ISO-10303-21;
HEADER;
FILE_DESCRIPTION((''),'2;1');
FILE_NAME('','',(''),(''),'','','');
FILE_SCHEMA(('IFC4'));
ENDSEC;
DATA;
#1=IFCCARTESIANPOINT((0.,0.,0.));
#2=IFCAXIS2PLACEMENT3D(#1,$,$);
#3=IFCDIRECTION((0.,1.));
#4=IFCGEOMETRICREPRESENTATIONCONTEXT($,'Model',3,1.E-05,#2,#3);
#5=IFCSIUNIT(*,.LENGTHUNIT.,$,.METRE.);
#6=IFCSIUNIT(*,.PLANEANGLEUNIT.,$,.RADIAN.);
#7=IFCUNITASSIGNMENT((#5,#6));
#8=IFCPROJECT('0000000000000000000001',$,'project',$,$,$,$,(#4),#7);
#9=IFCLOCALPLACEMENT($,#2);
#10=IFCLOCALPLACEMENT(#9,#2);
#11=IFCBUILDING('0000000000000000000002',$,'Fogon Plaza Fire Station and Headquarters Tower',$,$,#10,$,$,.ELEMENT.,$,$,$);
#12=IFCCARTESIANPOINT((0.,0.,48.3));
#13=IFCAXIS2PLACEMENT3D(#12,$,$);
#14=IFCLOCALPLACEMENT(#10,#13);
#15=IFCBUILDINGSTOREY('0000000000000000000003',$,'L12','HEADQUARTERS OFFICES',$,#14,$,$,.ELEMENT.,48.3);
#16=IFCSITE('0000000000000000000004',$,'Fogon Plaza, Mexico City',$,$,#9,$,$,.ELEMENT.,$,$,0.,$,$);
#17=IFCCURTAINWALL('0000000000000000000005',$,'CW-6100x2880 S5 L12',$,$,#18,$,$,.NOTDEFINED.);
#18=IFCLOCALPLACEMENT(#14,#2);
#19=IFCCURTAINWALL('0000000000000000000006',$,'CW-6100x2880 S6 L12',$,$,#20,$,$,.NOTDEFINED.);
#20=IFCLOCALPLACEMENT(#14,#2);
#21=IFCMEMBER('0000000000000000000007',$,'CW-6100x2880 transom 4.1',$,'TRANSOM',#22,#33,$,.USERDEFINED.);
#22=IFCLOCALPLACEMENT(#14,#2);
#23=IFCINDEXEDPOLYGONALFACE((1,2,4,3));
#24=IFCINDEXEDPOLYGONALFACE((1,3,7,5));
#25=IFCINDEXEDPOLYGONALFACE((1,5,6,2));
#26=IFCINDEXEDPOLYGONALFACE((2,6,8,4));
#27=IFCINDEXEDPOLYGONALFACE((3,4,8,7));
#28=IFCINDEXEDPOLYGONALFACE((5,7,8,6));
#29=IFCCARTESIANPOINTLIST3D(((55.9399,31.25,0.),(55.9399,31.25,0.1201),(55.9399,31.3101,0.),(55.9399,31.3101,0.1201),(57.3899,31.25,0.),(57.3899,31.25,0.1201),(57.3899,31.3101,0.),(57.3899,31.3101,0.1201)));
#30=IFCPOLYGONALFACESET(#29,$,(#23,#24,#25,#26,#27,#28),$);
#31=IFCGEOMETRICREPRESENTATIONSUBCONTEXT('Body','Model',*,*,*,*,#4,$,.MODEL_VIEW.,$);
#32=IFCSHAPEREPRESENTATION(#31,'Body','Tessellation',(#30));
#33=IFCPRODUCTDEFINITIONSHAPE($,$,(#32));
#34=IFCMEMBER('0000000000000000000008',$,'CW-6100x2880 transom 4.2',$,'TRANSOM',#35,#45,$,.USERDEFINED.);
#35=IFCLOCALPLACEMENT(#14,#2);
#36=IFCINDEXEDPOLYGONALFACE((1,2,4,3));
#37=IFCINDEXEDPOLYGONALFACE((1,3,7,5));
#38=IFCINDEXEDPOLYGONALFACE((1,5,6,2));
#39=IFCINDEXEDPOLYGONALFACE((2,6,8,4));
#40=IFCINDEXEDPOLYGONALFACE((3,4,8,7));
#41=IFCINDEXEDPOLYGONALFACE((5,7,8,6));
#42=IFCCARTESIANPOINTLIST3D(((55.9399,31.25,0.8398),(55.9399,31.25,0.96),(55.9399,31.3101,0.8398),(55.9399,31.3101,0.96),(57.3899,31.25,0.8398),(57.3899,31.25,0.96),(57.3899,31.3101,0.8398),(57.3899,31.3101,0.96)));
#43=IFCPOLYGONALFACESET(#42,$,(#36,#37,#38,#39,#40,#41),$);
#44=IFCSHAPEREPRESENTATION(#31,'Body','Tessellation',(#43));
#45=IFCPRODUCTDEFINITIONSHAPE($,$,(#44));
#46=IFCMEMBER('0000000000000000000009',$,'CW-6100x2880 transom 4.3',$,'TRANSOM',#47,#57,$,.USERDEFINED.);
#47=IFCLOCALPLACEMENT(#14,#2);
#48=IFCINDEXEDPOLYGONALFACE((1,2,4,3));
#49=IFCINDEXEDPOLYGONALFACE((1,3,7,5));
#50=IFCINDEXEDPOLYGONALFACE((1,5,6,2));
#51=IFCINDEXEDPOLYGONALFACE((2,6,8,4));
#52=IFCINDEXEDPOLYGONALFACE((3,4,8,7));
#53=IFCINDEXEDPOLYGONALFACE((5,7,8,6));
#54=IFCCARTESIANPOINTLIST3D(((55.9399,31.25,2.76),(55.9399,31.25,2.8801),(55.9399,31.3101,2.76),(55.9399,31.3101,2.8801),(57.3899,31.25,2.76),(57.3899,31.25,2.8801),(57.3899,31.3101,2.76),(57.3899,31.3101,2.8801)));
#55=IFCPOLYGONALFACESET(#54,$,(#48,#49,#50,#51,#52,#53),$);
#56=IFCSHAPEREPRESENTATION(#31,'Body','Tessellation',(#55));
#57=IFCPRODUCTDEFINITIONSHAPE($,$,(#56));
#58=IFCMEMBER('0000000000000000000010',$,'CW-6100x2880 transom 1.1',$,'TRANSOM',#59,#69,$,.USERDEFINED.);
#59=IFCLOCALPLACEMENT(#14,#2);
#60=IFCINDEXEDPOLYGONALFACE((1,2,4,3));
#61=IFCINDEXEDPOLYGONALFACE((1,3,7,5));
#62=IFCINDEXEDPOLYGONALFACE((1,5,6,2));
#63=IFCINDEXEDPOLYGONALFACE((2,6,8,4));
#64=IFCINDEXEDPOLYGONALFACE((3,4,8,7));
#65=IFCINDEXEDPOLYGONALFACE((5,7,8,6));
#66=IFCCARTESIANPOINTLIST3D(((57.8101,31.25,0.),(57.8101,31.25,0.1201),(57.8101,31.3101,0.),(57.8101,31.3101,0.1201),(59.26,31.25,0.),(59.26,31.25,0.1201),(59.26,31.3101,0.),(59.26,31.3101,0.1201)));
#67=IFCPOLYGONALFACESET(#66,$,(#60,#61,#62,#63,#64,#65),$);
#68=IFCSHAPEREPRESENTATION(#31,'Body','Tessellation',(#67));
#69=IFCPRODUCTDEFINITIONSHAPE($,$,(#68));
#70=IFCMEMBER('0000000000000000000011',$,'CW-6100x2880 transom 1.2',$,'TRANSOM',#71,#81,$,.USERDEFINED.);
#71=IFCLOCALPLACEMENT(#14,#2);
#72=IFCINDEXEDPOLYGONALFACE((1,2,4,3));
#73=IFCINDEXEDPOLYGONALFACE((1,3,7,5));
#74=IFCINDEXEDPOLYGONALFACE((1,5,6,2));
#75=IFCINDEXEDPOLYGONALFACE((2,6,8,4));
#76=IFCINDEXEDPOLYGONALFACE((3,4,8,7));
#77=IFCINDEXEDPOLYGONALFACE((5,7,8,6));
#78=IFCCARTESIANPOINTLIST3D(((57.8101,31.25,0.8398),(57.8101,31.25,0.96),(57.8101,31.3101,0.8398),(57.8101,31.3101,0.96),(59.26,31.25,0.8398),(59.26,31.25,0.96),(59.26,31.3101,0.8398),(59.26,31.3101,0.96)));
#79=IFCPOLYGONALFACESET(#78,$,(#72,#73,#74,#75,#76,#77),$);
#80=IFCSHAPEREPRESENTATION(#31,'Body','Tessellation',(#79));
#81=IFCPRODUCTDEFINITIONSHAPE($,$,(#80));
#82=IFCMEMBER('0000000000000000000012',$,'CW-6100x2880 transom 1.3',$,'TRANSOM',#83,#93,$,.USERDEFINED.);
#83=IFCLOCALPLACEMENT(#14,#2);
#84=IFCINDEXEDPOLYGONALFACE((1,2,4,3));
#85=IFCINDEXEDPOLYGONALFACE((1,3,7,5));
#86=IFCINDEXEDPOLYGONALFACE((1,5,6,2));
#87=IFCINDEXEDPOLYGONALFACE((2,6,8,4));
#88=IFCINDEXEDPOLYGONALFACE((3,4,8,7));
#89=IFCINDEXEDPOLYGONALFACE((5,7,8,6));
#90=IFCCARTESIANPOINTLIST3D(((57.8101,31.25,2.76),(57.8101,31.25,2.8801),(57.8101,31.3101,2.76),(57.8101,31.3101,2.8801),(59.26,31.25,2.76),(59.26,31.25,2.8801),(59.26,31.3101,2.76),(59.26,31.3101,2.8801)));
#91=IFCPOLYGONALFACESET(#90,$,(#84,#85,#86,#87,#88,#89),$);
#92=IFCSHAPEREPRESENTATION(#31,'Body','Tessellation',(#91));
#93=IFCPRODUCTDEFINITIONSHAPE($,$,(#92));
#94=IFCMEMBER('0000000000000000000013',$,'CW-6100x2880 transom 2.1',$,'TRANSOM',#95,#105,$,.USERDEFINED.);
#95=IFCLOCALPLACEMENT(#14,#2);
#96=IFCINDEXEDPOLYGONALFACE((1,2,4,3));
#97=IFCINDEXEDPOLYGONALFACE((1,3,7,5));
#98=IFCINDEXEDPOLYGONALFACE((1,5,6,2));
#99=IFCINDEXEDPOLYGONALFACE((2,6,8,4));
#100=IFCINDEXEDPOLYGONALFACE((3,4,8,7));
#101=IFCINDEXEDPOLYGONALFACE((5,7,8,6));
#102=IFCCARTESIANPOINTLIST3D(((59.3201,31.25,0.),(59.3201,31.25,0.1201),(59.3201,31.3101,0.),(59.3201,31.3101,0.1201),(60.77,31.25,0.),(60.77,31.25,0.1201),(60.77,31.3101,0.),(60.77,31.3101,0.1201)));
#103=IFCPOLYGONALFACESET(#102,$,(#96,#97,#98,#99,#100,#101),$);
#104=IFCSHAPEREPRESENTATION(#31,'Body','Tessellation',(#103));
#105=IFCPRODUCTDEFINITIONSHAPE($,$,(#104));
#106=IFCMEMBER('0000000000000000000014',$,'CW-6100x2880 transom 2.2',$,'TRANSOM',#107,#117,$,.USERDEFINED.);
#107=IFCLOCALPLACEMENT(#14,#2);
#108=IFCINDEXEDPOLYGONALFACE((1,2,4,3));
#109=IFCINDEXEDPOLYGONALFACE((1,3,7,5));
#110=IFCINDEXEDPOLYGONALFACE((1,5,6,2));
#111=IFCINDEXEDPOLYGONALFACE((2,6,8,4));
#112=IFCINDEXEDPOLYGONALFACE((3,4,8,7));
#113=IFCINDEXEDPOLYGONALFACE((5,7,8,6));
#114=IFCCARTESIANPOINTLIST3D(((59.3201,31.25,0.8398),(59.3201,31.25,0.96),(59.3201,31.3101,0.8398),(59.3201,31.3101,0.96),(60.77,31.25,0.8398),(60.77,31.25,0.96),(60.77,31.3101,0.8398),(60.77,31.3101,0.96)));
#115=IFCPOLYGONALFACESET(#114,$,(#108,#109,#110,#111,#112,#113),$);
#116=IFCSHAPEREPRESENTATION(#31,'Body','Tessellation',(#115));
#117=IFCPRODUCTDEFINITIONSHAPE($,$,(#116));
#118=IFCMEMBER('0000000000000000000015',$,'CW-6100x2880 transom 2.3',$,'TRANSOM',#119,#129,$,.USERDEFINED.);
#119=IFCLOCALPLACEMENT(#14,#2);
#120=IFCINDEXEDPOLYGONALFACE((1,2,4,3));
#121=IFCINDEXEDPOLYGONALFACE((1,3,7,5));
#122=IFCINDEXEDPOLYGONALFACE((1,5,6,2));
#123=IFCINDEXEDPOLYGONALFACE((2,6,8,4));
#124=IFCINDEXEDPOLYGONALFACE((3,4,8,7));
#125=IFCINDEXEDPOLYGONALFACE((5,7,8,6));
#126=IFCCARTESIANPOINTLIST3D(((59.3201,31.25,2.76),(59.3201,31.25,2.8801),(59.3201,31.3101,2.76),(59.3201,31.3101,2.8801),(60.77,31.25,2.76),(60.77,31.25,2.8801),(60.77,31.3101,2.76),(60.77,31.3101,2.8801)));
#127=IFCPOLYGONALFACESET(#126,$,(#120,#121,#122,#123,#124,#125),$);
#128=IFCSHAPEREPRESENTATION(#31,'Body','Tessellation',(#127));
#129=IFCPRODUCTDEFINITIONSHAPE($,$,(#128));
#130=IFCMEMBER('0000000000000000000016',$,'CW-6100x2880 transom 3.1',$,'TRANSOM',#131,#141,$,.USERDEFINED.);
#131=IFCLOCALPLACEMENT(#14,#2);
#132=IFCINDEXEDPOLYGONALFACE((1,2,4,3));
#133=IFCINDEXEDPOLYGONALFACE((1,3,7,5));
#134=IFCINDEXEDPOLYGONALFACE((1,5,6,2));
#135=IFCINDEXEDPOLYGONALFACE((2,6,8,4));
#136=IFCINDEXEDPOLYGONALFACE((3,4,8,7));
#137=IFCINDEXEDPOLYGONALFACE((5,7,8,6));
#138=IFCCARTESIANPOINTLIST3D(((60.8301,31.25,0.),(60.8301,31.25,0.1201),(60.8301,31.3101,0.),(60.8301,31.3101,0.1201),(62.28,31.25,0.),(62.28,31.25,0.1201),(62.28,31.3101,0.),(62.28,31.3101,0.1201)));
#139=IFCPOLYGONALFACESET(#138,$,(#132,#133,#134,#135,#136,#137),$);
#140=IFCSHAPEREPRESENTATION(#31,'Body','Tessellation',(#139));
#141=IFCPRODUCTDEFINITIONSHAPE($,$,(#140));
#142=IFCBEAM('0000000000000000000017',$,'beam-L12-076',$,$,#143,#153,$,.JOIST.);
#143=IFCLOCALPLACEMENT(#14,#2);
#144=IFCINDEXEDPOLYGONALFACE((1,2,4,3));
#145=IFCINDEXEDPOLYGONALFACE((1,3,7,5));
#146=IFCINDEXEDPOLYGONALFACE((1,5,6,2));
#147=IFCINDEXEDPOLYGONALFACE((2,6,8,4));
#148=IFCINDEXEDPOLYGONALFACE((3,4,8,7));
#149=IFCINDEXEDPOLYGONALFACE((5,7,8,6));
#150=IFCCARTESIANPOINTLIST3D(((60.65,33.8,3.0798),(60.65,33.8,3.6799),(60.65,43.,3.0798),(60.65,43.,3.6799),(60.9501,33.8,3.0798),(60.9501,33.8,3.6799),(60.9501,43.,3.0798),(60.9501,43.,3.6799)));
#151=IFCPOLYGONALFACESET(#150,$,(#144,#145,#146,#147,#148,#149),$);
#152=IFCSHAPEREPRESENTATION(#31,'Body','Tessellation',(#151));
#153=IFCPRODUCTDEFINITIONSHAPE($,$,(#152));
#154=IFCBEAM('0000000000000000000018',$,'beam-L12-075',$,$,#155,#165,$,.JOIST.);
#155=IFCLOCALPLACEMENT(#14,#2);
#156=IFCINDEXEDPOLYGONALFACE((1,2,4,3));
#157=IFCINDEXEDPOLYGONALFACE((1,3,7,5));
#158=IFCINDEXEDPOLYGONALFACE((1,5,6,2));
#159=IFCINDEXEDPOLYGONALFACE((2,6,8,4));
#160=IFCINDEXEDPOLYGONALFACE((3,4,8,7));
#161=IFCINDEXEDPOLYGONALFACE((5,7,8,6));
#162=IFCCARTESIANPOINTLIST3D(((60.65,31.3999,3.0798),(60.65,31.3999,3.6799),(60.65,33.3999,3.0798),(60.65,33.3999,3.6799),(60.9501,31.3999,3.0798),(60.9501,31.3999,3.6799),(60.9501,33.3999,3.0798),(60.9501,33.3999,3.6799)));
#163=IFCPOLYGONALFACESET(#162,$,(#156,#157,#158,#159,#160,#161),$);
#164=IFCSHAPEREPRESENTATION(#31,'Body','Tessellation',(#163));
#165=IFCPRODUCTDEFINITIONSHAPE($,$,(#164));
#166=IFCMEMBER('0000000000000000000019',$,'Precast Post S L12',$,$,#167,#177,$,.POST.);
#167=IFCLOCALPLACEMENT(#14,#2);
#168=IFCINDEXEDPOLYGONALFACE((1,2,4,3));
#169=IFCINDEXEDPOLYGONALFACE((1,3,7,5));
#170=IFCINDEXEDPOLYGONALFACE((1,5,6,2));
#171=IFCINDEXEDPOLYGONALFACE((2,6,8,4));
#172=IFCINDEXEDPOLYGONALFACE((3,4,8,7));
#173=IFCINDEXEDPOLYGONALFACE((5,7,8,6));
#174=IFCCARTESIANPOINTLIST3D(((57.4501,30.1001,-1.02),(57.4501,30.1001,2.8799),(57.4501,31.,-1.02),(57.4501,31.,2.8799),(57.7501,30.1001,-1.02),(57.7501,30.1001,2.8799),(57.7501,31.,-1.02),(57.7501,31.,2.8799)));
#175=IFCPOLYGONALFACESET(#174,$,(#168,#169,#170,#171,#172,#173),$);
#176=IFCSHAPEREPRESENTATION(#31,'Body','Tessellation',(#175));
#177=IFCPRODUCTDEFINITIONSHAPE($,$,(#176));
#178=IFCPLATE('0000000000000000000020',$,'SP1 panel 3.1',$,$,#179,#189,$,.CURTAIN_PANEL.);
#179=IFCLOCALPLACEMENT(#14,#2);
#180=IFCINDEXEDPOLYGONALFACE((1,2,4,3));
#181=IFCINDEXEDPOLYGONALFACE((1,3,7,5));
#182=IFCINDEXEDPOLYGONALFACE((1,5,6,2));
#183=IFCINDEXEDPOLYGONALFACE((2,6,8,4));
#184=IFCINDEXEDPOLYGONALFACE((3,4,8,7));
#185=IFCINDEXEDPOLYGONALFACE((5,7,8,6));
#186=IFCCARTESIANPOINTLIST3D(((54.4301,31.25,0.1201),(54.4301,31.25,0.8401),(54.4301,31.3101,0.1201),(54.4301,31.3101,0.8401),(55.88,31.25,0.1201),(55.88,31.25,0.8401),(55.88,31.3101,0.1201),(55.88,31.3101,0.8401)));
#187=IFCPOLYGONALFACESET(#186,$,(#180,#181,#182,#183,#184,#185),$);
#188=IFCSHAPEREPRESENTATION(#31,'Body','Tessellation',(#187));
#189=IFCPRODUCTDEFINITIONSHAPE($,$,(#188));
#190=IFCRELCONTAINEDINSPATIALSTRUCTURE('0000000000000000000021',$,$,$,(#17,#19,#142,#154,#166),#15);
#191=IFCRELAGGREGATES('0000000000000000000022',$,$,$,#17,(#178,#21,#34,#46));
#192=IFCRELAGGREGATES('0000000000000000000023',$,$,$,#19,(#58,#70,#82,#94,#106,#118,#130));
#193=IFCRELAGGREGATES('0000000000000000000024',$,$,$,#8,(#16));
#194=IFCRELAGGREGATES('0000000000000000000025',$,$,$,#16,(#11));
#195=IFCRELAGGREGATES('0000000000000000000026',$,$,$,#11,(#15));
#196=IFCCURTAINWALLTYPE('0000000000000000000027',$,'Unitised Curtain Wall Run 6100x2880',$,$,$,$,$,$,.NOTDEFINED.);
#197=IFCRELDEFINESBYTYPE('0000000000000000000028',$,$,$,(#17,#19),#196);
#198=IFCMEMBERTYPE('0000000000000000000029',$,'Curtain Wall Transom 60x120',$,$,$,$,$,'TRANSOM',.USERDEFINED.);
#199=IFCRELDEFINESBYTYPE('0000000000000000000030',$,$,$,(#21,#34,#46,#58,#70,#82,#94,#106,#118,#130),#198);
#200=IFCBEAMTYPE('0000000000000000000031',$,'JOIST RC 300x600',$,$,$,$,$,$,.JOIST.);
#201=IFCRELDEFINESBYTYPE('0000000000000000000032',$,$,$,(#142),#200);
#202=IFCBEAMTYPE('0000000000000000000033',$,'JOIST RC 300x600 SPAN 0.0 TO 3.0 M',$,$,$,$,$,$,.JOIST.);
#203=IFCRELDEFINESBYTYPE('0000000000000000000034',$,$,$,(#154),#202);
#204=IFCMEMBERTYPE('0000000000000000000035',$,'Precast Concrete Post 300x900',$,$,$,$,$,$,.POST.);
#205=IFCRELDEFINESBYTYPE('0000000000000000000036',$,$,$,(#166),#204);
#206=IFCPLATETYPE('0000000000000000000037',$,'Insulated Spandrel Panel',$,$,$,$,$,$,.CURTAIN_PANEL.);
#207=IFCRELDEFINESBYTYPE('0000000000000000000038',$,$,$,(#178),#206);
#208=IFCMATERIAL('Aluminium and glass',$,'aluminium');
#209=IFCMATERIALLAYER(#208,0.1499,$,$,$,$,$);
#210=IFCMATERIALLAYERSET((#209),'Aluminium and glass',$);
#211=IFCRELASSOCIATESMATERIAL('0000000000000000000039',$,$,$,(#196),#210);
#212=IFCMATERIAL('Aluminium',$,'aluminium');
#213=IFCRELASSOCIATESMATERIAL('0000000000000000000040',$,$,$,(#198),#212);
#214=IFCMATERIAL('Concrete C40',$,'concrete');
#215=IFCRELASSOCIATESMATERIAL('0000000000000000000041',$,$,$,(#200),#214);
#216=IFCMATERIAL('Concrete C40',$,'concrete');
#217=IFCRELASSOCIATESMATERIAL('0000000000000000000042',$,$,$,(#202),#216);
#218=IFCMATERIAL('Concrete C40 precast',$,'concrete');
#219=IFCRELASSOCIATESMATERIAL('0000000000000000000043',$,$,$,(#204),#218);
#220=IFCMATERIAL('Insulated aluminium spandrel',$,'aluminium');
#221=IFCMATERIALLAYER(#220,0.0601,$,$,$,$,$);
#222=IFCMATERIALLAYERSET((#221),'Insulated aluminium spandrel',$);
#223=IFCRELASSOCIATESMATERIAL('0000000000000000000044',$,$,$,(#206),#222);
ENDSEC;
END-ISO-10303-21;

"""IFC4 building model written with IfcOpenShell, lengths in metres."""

from ifc_helpers import new_model, si_unit, direction, frame, origin, origin_2d, place, context, subcontext, project, spatial, rectangle, extrude, material, layer, layer_set, material_profile, profile_set, type_object, element, aggregate, save


model = new_model("IFC4")

# Units and contexts
model_context = context("Model", 3, precision=1e-05, world=origin(), true_north=direction((0.0, 1.0)))
body_context = subcontext(model_context, "Body", "Model", "MODEL_VIEW")
ifc_project = project(units=[si_unit("LENGTHUNIT", "METRE"), si_unit("PLANEANGLEUNIT", "RADIAN")], contexts=[model_context])

# Site, building, storey
site_placement = place(None, origin())
site = spatial("IfcSite", under=ifc_project, at=site_placement, Name="Fogon Plaza, Mexico City", CompositionType="ELEMENT", RefElevation=0.0)
building_placement = place(site_placement, origin())
building = spatial("IfcBuilding", under=site, at=building_placement, Name="Fogon Plaza Fire Station and Headquarters Tower", CompositionType="ELEMENT")
storey_placement = place(building_placement, frame((0.0, 0.0, 48.3)))
storey = spatial("IfcBuildingStorey", under=building, at=storey_placement, Name="L12", Description="HEADQUARTERS OFFICES", CompositionType="ELEMENT", Elevation=48.3)

# Curtain walls
ifc_material_1 = material(Name="Aluminium and glass", Category="aluminium")
ifc_layer_1 = layer(ifc_material_1, 0.1499)
ifc_layer_set_1 = layer_set([ifc_layer_1], Name="Aluminium and glass")
curtain_wall_type = type_object("IfcCurtainWallType", Name="Unitised Curtain Wall Run 6100x2880", PredefinedType="NOTDEFINED", material=ifc_layer_set_1)
curtain_wall_1_placement = place(storey_placement, origin())
curtain_wall_1 = element("IfcCurtainWall", 1, at=curtain_wall_1_placement, inside=storey, type_object=curtain_wall_type, Name="CW-6100x2880 S5 L12", PredefinedType="NOTDEFINED")
curtain_wall_2_placement = place(storey_placement, origin())
curtain_wall_2 = element("IfcCurtainWall", 2, at=curtain_wall_2_placement, inside=storey, type_object=curtain_wall_type, Name="CW-6100x2880 S6 L12", PredefinedType="NOTDEFINED")

# Members
ifc_material_2 = material(Name="Aluminium", Category="aluminium")
ifc_material_profile_1 = material_profile(ifc_material_2, rectangle(XDim=0.0601, YDim=0.1201, at=origin_2d()), Name="Curtain Wall Transom 60x120")
ifc_profile_set_1 = profile_set([ifc_material_profile_1], Name="Aluminium")
member_type_1 = type_object("IfcMemberType", Name="Curtain Wall Transom 60x120", ElementType="TRANSOM", PredefinedType="USERDEFINED", material=ifc_profile_set_1)
member_1_placement = place(storey_placement, frame((55.9399, 31.28, 0.0601), z_axis=(1.0, 0.0, 0.0), x_axis=(0.0, 1.0, 0.0)))
member_1 = element("IfcMember", 3, at=member_1_placement, type_object=member_type_1, Name="CW-6100x2880 transom 4.1", ObjectType="TRANSOM", PredefinedType="USERDEFINED", context=body_context, shape_type="SweptSolid", body=[
    extrude(rectangle(XDim=0.0601, YDim=0.1201, at=origin_2d()), origin(), (0.0, 0.0, 1.0), 1.45),
])
member_2_placement = place(storey_placement, frame((55.9399, 31.28, 0.8999), z_axis=(1.0, 0.0, 0.0), x_axis=(0.0, 1.0, 0.0)))
member_2 = element("IfcMember", 4, at=member_2_placement, type_object=member_type_1, Name="CW-6100x2880 transom 4.2", ObjectType="TRANSOM", PredefinedType="USERDEFINED", context=body_context, shape_type="SweptSolid", body=[
    extrude(rectangle(XDim=0.0601, YDim=0.1201, at=origin_2d()), origin(), (0.0, 0.0, 1.0), 1.45),
])
member_3_placement = place(storey_placement, frame((55.9399, 31.28, 2.8201), z_axis=(1.0, 0.0, 0.0), x_axis=(0.0, 1.0, 0.0)))
member_3 = element("IfcMember", 5, at=member_3_placement, type_object=member_type_1, Name="CW-6100x2880 transom 4.3", ObjectType="TRANSOM", PredefinedType="USERDEFINED", context=body_context, shape_type="SweptSolid", body=[
    extrude(rectangle(XDim=0.0601, YDim=0.1201, at=origin_2d()), origin(), (0.0, 0.0, 1.0), 1.45),
])
member_4_placement = place(storey_placement, frame((57.8101, 31.28, 0.0601), z_axis=(1.0, 0.0, 0.0), x_axis=(0.0, 1.0, 0.0)))
member_4 = element("IfcMember", 6, at=member_4_placement, type_object=member_type_1, Name="CW-6100x2880 transom 1.1", ObjectType="TRANSOM", PredefinedType="USERDEFINED", context=body_context, shape_type="SweptSolid", body=[
    extrude(rectangle(XDim=0.0601, YDim=0.1201, at=origin_2d()), origin(), (0.0, 0.0, 1.0), 1.45),
])
member_5_placement = place(storey_placement, frame((57.8101, 31.28, 0.8999), z_axis=(1.0, 0.0, 0.0), x_axis=(0.0, 1.0, 0.0)))
member_5 = element("IfcMember", 7, at=member_5_placement, type_object=member_type_1, Name="CW-6100x2880 transom 1.2", ObjectType="TRANSOM", PredefinedType="USERDEFINED", context=body_context, shape_type="SweptSolid", body=[
    extrude(rectangle(XDim=0.0601, YDim=0.1201, at=origin_2d()), origin(), (0.0, 0.0, 1.0), 1.45),
])
member_6_placement = place(storey_placement, frame((57.8101, 31.28, 2.8201), z_axis=(1.0, 0.0, 0.0), x_axis=(0.0, 1.0, 0.0)))
member_6 = element("IfcMember", 8, at=member_6_placement, type_object=member_type_1, Name="CW-6100x2880 transom 1.3", ObjectType="TRANSOM", PredefinedType="USERDEFINED", context=body_context, shape_type="SweptSolid", body=[
    extrude(rectangle(XDim=0.0601, YDim=0.1201, at=origin_2d()), origin(), (0.0, 0.0, 1.0), 1.45),
])
member_7_placement = place(storey_placement, frame((59.3201, 31.28, 0.0601), z_axis=(1.0, 0.0, 0.0), x_axis=(0.0, 1.0, 0.0)))
member_7 = element("IfcMember", 9, at=member_7_placement, type_object=member_type_1, Name="CW-6100x2880 transom 2.1", ObjectType="TRANSOM", PredefinedType="USERDEFINED", context=body_context, shape_type="SweptSolid", body=[
    extrude(rectangle(XDim=0.0601, YDim=0.1201, at=origin_2d()), origin(), (0.0, 0.0, 1.0), 1.45),
])
member_8_placement = place(storey_placement, frame((59.3201, 31.28, 0.8999), z_axis=(1.0, 0.0, 0.0), x_axis=(0.0, 1.0, 0.0)))
member_8 = element("IfcMember", 10, at=member_8_placement, type_object=member_type_1, Name="CW-6100x2880 transom 2.2", ObjectType="TRANSOM", PredefinedType="USERDEFINED", context=body_context, shape_type="SweptSolid", body=[
    extrude(rectangle(XDim=0.0601, YDim=0.1201, at=origin_2d()), origin(), (0.0, 0.0, 1.0), 1.45),
])
member_9_placement = place(storey_placement, frame((59.3201, 31.28, 2.8201), z_axis=(1.0, 0.0, 0.0), x_axis=(0.0, 1.0, 0.0)))
member_9 = element("IfcMember", 11, at=member_9_placement, type_object=member_type_1, Name="CW-6100x2880 transom 2.3", ObjectType="TRANSOM", PredefinedType="USERDEFINED", context=body_context, shape_type="SweptSolid", body=[
    extrude(rectangle(XDim=0.0601, YDim=0.1201, at=origin_2d()), origin(), (0.0, 0.0, 1.0), 1.45),
])
member_10_placement = place(storey_placement, frame((60.8301, 31.28, 0.0601), z_axis=(1.0, 0.0, 0.0), x_axis=(0.0, 1.0, 0.0)))
member_10 = element("IfcMember", 12, at=member_10_placement, type_object=member_type_1, Name="CW-6100x2880 transom 3.1", ObjectType="TRANSOM", PredefinedType="USERDEFINED", context=body_context, shape_type="SweptSolid", body=[
    extrude(rectangle(XDim=0.0601, YDim=0.1201, at=origin_2d()), origin(), (0.0, 0.0, 1.0), 1.45),
])

# Beams
ifc_material_3 = material(Name="Concrete C40", Category="concrete")
ifc_material_profile_2 = material_profile(ifc_material_3, rectangle(XDim=0.3, YDim=0.6001, at=origin_2d()), Name="RC 300x600")
ifc_profile_set_2 = profile_set([ifc_material_profile_2], Name="Concrete C40")
beam_type_1 = type_object("IfcBeamType", Name="JOIST RC 300x600", PredefinedType="JOIST", material=ifc_profile_set_2)
beam_1_placement = place(storey_placement, frame((60.8, 33.8, 3.3799), z_axis=(0.0, 1.0, 0.0), x_axis=(-1.0, 0.0, 0.0)))
element("IfcBeam", 13, at=beam_1_placement, inside=storey, type_object=beam_type_1, Name="beam-L12-076", PredefinedType="JOIST", context=body_context, shape_type="SweptSolid", body=[
    extrude(rectangle(XDim=0.3, YDim=0.6001, at=origin_2d()), origin(), (0.0, 0.0, 1.0), 9.2),
])
ifc_material_4 = material(Name="Concrete C40", Category="concrete")
ifc_material_profile_3 = material_profile(ifc_material_4, rectangle(XDim=0.3, YDim=0.6001, at=origin_2d()), Name="RC 300x600")
ifc_profile_set_3 = profile_set([ifc_material_profile_3], Name="Concrete C40")
beam_type_2 = type_object("IfcBeamType", Name="JOIST RC 300x600 SPAN 0.0 TO 3.0 M", PredefinedType="JOIST", material=ifc_profile_set_3)
beam_2_placement = place(storey_placement, frame((60.8, 31.3999, 3.3799), z_axis=(0.0, 1.0, 0.0), x_axis=(-1.0, 0.0, 0.0)))
element("IfcBeam", 14, at=beam_2_placement, inside=storey, type_object=beam_type_2, Name="beam-L12-075", PredefinedType="JOIST", context=body_context, shape_type="SweptSolid", body=[
    extrude(rectangle(XDim=0.3, YDim=0.6001, at=origin_2d()), origin(), (0.0, 0.0, 1.0), 2.0),
])

# Member
ifc_material_5 = material(Name="Concrete C40 precast", Category="concrete")
ifc_material_profile_4 = material_profile(ifc_material_5, rectangle(XDim=0.3, YDim=0.8999, at=origin_2d()), Name="Precast Concrete Post 300x900")
ifc_profile_set_4 = profile_set([ifc_material_profile_4], Name="Concrete C40 precast")
member_type_2 = type_object("IfcMemberType", Name="Precast Concrete Post 300x900", PredefinedType="POST", material=ifc_profile_set_4)
member_11_placement = place(storey_placement, frame((57.6001, 30.55, -1.02), z_axis=(0.0, 0.0, 1.0), x_axis=(1.0, 0.0, 0.0)))
element("IfcMember", 15, at=member_11_placement, inside=storey, type_object=member_type_2, Name="Precast Post S L12", PredefinedType="POST", context=body_context, shape_type="SweptSolid", body=[
    extrude(rectangle(XDim=0.3, YDim=0.8999, at=origin_2d()), origin(), (0.0, 0.0, 1.0), 3.8999),
])

# Plate
ifc_material_6 = material(Name="Insulated aluminium spandrel", Category="aluminium")
ifc_layer_2 = layer(ifc_material_6, 0.0601)
ifc_layer_set_2 = layer_set([ifc_layer_2], Name="Insulated aluminium spandrel")
plate_type_1 = type_object("IfcPlateType", Name="Insulated Spandrel Panel", PredefinedType="CURTAIN_PANEL", material=ifc_layer_set_2)
plate_1_placement = place(storey_placement, frame((55.155, 31.28, 0.1201), z_axis=(0.0, 0.0, 1.0), x_axis=(1.0, 0.0, 0.0)))
plate_1 = element("IfcPlate", 16, at=plate_1_placement, type_object=plate_type_1, Name="SP1 panel 3.1", PredefinedType="CURTAIN_PANEL", context=body_context, shape_type="SweptSolid", body=[
    extrude(rectangle(XDim=1.45, YDim=0.0601, at=origin_2d()), origin(), (0.0, 0.0, 1.0), 0.72),
])
aggregate(curtain_wall_1, [plate_1, member_1, member_2, member_3])
aggregate(curtain_wall_2, [member_4, member_5, member_6, member_7, member_8, member_9, member_10])

save(model, "model.ifc")
